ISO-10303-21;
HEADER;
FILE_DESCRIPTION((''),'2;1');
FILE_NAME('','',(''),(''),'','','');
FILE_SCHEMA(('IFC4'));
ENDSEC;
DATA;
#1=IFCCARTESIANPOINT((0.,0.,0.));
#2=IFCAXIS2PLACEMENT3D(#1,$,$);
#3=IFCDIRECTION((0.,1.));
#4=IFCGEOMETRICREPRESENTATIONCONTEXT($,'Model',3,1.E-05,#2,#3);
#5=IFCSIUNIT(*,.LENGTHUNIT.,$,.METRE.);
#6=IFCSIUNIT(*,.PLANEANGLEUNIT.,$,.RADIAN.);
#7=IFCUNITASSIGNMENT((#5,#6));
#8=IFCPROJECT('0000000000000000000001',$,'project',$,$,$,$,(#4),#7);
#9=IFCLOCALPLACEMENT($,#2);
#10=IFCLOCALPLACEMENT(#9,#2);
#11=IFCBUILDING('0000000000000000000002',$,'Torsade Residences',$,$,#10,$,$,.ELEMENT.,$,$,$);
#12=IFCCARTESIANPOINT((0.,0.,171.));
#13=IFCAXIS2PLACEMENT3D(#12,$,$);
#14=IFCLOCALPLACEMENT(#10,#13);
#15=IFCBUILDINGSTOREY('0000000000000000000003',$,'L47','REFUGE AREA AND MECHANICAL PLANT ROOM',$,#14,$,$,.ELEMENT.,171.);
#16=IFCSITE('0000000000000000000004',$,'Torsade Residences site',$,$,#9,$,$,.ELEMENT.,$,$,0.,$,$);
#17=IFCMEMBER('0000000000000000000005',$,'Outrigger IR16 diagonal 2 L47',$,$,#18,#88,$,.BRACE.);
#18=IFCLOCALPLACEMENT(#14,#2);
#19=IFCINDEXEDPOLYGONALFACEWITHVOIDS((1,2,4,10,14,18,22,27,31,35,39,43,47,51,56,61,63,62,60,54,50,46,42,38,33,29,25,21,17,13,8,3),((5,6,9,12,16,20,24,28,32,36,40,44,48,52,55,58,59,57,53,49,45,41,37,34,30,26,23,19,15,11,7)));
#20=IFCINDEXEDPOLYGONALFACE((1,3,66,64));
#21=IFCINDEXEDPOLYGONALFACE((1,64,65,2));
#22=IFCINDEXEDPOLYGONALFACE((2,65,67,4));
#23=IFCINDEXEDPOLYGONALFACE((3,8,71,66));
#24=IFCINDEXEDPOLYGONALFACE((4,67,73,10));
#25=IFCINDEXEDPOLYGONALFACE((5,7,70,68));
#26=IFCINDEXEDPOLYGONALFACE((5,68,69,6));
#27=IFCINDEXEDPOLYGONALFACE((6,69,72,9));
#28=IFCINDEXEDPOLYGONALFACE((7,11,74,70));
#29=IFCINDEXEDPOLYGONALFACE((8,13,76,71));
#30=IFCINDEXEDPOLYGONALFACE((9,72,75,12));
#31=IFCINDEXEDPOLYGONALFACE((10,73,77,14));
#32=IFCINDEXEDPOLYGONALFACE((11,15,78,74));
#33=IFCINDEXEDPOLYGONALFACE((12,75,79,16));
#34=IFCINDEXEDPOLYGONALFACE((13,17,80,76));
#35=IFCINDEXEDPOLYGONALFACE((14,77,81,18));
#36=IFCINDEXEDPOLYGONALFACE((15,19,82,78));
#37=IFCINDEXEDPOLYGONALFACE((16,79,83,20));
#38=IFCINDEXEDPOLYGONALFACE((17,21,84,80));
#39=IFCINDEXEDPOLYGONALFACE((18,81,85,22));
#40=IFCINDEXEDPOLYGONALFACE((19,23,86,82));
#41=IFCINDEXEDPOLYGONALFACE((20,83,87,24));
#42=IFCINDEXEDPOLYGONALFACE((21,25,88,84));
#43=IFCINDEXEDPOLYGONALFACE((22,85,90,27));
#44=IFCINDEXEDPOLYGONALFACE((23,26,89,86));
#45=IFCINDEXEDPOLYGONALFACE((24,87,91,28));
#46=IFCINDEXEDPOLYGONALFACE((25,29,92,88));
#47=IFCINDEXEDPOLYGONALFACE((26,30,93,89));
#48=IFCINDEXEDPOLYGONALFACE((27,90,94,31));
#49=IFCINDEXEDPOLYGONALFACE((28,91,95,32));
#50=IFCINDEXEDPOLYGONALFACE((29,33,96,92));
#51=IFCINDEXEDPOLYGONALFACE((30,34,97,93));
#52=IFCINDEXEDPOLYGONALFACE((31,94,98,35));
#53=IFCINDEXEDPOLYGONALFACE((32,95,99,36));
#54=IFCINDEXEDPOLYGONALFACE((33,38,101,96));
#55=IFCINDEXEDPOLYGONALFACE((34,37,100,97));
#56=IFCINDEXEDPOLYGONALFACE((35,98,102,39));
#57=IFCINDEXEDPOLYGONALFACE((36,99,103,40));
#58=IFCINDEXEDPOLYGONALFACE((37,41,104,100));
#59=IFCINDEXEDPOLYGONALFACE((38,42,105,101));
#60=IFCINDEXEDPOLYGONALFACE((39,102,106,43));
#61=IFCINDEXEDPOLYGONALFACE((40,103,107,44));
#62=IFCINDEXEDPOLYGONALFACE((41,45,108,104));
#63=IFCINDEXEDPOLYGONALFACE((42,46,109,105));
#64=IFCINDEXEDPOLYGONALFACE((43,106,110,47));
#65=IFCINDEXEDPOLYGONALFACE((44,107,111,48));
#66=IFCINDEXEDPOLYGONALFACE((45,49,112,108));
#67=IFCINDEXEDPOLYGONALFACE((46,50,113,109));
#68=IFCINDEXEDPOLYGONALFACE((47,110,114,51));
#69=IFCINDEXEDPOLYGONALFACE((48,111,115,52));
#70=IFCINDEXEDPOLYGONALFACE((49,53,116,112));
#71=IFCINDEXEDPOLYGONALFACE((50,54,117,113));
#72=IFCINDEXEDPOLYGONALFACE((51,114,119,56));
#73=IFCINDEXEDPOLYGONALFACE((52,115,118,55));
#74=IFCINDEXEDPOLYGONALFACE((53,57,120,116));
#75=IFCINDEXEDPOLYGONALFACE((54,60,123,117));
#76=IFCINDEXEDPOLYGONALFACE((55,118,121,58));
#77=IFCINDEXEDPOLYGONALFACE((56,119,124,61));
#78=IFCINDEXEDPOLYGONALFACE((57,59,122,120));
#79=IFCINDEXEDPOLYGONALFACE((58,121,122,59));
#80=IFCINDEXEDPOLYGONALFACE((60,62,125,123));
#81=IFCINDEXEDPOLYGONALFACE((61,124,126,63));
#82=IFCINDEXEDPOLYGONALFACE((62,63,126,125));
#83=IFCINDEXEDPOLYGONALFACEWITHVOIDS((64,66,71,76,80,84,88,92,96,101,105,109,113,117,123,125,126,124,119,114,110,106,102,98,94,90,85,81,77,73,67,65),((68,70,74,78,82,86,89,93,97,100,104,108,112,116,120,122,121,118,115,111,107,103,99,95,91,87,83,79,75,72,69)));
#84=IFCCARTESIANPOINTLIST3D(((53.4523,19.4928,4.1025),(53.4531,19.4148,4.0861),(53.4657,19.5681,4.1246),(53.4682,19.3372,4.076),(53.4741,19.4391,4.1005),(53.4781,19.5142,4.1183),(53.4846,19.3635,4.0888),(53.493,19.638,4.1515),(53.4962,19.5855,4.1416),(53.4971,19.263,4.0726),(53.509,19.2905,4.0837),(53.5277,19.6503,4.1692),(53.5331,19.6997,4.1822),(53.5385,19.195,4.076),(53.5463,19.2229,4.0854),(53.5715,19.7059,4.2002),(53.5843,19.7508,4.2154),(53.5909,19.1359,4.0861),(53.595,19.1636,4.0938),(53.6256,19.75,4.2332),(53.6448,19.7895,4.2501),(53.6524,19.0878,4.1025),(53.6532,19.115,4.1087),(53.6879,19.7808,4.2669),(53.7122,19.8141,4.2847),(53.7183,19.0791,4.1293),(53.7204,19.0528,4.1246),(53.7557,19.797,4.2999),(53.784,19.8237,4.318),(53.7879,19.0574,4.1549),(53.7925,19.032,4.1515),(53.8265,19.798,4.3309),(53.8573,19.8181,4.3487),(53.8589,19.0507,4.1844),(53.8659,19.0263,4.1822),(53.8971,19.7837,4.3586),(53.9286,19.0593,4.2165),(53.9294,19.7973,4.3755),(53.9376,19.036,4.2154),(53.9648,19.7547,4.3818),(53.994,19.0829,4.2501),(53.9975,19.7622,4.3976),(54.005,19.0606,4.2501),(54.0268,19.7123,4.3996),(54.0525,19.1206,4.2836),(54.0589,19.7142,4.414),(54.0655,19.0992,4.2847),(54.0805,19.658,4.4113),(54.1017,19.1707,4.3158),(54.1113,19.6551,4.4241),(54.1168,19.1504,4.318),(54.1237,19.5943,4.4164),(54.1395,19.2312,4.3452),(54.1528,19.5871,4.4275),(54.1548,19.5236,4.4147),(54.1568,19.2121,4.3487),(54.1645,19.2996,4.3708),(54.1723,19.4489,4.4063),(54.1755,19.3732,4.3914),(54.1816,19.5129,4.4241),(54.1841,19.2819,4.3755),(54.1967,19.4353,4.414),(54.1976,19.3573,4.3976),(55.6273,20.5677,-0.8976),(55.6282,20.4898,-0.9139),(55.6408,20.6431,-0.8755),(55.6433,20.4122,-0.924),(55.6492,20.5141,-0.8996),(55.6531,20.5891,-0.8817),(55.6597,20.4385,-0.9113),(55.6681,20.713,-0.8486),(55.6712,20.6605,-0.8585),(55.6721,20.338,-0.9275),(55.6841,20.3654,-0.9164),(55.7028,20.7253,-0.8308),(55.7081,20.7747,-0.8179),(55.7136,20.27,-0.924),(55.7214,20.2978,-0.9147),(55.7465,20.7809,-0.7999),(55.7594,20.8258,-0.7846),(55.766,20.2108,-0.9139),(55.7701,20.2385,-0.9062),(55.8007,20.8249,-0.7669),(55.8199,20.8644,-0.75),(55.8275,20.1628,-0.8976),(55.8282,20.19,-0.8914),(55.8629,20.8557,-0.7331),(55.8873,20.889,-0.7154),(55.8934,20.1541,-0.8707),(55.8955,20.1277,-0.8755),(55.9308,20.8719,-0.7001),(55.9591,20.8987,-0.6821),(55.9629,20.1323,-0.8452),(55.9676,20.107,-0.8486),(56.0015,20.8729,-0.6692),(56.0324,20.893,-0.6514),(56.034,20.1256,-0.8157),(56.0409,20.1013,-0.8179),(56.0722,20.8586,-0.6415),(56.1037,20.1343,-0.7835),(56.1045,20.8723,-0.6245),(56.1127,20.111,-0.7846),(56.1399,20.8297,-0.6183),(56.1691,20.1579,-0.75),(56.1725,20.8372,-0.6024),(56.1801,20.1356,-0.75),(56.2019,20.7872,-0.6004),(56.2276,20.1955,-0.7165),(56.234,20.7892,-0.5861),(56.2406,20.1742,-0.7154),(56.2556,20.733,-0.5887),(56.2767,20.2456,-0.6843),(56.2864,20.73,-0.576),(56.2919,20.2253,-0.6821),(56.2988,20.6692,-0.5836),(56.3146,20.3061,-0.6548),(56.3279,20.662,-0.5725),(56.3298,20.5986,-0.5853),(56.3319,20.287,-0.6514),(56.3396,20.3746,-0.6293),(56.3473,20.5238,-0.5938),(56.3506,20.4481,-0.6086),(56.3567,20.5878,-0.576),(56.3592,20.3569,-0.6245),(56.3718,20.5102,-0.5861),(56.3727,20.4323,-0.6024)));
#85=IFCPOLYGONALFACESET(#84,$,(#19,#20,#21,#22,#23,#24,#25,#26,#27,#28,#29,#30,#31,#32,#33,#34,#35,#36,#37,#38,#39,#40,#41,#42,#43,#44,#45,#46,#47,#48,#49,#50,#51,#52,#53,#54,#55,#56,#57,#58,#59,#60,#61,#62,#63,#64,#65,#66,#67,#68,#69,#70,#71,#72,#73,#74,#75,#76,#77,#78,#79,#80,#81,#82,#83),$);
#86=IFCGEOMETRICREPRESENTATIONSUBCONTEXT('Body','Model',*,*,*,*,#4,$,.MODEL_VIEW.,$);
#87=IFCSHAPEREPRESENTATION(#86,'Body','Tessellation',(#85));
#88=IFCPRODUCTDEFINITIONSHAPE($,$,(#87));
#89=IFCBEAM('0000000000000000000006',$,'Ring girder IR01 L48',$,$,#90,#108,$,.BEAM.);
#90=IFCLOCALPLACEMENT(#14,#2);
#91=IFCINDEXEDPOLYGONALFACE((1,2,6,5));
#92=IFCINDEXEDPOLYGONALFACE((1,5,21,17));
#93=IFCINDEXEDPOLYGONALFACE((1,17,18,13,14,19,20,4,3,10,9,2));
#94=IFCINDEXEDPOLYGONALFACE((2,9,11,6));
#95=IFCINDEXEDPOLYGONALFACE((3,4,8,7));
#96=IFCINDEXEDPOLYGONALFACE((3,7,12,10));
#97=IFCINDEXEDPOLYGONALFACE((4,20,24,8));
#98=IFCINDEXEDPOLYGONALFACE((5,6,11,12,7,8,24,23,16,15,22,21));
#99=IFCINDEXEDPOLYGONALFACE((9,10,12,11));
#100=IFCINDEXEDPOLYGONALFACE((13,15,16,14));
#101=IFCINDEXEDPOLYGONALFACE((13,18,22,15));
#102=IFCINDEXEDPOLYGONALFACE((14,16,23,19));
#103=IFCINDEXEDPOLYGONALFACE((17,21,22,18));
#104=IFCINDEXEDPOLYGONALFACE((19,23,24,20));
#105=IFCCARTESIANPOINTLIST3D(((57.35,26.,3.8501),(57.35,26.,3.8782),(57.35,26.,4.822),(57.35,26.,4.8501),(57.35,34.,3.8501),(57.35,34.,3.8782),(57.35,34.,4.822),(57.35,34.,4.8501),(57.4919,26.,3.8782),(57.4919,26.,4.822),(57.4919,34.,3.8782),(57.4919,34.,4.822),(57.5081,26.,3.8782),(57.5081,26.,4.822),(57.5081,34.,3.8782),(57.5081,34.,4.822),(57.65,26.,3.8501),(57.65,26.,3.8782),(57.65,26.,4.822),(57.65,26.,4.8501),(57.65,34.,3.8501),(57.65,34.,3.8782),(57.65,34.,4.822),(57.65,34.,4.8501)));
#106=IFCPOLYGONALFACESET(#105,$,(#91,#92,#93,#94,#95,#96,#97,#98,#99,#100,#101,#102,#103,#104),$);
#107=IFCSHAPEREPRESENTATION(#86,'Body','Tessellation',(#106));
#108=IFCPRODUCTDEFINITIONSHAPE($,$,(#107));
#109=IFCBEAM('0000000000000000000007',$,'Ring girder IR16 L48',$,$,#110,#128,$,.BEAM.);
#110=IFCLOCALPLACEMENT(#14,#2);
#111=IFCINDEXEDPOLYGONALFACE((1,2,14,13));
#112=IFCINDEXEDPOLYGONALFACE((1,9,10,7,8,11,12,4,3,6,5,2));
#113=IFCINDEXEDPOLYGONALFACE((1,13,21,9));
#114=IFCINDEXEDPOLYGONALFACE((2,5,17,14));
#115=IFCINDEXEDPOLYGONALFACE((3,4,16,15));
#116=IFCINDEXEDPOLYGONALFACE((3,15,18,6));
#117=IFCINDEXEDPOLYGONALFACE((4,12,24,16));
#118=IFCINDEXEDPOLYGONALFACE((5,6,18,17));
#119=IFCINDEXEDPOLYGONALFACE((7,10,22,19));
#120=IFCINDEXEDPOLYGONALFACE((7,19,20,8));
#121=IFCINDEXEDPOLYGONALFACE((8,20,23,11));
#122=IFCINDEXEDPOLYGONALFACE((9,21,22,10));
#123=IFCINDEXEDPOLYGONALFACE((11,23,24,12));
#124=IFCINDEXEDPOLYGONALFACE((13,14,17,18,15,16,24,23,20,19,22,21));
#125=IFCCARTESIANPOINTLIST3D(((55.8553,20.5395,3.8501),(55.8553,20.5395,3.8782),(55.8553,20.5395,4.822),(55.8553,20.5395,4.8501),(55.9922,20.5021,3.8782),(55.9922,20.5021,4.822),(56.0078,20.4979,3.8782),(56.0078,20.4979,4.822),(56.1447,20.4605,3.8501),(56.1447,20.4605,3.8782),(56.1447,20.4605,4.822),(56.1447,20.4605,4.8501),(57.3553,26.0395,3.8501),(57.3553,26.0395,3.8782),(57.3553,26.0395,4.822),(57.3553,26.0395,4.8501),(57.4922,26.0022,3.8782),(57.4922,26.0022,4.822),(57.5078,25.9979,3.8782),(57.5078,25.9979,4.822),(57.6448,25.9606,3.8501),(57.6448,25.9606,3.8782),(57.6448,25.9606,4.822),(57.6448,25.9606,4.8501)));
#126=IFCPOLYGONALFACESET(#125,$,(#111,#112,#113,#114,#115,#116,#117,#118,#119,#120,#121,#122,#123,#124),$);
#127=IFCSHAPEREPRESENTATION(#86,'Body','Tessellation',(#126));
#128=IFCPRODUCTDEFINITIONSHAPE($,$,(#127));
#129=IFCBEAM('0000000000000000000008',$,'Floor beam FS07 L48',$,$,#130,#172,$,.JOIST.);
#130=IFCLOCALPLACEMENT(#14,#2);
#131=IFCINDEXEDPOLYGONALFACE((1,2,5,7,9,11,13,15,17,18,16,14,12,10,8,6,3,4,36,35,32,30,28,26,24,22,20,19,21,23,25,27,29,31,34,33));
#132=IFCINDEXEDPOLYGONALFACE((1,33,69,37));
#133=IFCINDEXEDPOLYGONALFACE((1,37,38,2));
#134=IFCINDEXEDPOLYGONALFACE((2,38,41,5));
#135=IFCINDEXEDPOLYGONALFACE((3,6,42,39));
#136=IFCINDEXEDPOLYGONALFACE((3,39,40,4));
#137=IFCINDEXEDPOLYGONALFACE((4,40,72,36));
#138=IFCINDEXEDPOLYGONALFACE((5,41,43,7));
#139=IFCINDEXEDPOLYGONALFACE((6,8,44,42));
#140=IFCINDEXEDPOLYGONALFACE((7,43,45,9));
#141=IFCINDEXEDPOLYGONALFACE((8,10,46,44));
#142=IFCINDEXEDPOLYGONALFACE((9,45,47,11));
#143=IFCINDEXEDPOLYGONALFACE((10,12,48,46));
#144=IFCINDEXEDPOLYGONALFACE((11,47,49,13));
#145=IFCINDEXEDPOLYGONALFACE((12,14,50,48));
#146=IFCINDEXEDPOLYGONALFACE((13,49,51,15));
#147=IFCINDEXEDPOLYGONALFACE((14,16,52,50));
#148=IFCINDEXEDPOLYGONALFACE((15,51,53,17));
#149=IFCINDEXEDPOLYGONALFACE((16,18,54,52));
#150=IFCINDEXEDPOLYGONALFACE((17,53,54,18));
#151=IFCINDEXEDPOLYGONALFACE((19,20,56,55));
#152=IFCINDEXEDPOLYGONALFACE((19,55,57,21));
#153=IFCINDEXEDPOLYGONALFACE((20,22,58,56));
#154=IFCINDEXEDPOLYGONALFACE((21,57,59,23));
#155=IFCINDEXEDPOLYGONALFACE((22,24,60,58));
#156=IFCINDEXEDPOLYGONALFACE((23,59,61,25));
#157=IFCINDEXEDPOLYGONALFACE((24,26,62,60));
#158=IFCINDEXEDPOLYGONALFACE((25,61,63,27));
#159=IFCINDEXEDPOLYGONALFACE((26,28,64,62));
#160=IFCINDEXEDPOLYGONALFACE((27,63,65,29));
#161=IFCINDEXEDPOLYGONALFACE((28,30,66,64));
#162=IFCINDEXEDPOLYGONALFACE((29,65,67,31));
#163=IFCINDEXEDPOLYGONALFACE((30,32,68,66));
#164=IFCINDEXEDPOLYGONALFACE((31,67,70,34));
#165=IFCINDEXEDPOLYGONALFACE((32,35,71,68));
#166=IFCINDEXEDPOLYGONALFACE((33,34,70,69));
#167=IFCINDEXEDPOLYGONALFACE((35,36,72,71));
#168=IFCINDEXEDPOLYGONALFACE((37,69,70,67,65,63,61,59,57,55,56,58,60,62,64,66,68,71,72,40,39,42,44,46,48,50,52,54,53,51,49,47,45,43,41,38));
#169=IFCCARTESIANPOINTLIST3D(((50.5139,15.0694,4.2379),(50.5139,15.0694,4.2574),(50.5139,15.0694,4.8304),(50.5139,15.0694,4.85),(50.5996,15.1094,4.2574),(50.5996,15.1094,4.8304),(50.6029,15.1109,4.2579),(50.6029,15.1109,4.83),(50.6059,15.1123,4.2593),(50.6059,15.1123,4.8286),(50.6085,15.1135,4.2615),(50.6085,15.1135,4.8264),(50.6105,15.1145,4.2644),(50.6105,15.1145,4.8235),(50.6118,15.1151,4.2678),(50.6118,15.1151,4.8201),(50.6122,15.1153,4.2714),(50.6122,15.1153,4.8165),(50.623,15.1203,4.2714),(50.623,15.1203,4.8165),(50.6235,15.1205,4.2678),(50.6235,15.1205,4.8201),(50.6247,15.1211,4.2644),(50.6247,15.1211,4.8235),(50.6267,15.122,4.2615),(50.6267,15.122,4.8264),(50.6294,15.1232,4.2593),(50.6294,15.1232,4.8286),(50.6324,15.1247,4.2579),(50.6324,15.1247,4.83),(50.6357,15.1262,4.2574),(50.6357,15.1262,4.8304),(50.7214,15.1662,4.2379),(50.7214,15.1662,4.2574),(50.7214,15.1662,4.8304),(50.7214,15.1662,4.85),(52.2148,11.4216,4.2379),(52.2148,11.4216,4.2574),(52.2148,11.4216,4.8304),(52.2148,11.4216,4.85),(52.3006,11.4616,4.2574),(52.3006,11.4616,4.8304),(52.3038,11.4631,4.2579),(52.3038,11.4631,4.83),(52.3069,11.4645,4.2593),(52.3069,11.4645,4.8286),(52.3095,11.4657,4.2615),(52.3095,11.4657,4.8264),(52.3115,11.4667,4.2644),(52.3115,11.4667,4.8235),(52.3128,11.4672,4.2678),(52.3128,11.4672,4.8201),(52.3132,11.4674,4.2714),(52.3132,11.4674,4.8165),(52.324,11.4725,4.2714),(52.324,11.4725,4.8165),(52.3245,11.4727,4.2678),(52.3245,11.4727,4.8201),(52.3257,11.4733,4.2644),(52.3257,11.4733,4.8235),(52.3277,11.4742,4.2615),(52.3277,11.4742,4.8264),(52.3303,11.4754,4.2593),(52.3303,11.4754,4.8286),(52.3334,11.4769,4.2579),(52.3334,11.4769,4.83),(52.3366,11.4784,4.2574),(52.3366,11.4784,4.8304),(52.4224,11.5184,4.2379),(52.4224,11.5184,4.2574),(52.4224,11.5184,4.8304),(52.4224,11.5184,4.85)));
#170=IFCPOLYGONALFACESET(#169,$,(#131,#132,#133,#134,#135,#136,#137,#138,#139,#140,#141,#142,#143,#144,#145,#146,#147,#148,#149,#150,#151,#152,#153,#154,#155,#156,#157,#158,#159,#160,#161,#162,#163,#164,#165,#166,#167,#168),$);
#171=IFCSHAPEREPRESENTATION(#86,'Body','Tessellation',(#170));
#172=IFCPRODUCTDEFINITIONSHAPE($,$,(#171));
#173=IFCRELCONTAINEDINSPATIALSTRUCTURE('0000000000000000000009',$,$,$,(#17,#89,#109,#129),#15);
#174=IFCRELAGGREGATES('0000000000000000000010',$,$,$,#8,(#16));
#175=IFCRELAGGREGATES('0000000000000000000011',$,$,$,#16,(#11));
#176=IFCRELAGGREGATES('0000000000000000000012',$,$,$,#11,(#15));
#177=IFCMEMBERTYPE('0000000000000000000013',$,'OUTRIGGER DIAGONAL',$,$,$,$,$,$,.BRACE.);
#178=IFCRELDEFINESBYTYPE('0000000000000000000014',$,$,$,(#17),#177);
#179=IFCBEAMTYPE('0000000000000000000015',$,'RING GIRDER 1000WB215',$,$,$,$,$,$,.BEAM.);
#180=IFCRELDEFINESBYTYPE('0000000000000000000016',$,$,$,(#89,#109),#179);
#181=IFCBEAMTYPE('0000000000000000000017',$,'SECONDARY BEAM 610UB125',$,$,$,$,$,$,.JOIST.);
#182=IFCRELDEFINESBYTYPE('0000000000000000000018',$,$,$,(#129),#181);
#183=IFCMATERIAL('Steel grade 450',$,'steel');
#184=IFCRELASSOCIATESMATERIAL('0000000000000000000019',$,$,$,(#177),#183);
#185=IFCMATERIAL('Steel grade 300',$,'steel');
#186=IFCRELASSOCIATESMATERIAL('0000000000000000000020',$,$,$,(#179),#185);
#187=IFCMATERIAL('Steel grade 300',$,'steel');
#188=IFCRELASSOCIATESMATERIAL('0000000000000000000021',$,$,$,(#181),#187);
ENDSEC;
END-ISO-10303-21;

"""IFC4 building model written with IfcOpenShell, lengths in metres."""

from ifc_helpers import new_model, si_unit, direction, frame, origin, origin_2d, place, context, subcontext, project, spatial, hollow_circle, i_section, extrude, material, material_profile, profile_set, type_object, element, save


model = new_model("IFC4")

# Units and contexts
model_context = context("Model", 3, precision=1e-05, world=origin(), true_north=direction((0.0, 1.0)))
body_context = subcontext(model_context, "Body", "Model", "MODEL_VIEW")
ifc_project = project(units=[si_unit("LENGTHUNIT", "METRE"), si_unit("PLANEANGLEUNIT", "RADIAN")], contexts=[model_context])

# Site, building, storey
site_placement = place(None, origin())
site = spatial("IfcSite", under=ifc_project, at=site_placement, Name="Torsade Residences site", CompositionType="ELEMENT", RefElevation=0.0)
building_placement = place(site_placement, origin())
building = spatial("IfcBuilding", under=site, at=building_placement, Name="Torsade Residences", CompositionType="ELEMENT")
storey_placement = place(building_placement, frame((0.0, 0.0, 171.0)))
storey = spatial("IfcBuildingStorey", under=building, at=storey_placement, Name="L47", Description="REFUGE AREA AND MECHANICAL PLANT ROOM", CompositionType="ELEMENT", Elevation=171.0)

# Member
ifc_material_1 = material(Name="Steel grade 450", Category="steel")
ifc_material_profile_1 = material_profile(ifc_material_1, hollow_circle(Radius=0.4065, WallThickness=0.0249, at=origin_2d()), Name="813.0x25.0CHS")
ifc_profile_set_1 = profile_set([ifc_material_profile_1], Name="Steel grade 450")
member_type_1 = type_object("IfcMemberType", Name="OUTRIGGER DIAGONAL", PredefinedType="BRACE", material=ifc_profile_set_1)
member_1_placement = place(storey_placement, frame((56.0, 20.5, -0.75), z_axis=(-0.391368, -0.193422, 0.899677), x_axis=(0.443063, -0.896491, 0.0)))
element("IfcMember", 1, at=member_1_placement, inside=storey, type_object=member_type_1, Name="Outrigger IR16 diagonal 2 L47", PredefinedType="BRACE", context=body_context, shape_type="SweptSolid", body=[
    extrude(hollow_circle(Radius=0.4065, WallThickness=0.0249, at=origin_2d()), origin(), (0.0, 0.0, 1.0), 5.5576),
])

# Beams
ifc_material_2 = material(Name="Steel grade 300", Category="steel")
ifc_material_profile_2 = material_profile(ifc_material_2, i_section(OverallWidth=0.3, OverallDepth=1.0, WebThickness=0.0161, FlangeThickness=0.0281, at=origin_2d()), Name="1000WB215")
ifc_profile_set_2 = profile_set([ifc_material_profile_2], Name="Steel grade 300")
beam_type_1 = type_object("IfcBeamType", Name="RING GIRDER 1000WB215", PredefinedType="BEAM", material=ifc_profile_set_2)
beam_1_placement = place(storey_placement, frame((57.5, 26.0, 4.3501), z_axis=(0.0, 1.0, 0.0), x_axis=(-1.0, 0.0, 0.0)))
element("IfcBeam", 2, at=beam_1_placement, inside=storey, type_object=beam_type_1, Name="Ring girder IR01 L48", PredefinedType="BEAM", context=body_context, shape_type="SweptSolid", body=[
    extrude(i_section(OverallWidth=0.3, OverallDepth=1.0, WebThickness=0.0161, FlangeThickness=0.0281, at=origin_2d()), origin(), (0.0, 0.0, 1.0), 8.0),
])
beam_2_placement = place(storey_placement, frame((56.0, 20.5, 4.3501), z_axis=(0.263117, 0.964764, 0.0), x_axis=(-0.964764, 0.263117, 0.0)))
element("IfcBeam", 3, at=beam_2_placement, inside=storey, type_object=beam_type_1, Name="Ring girder IR16 L48", PredefinedType="BEAM", context=body_context, shape_type="SweptSolid", body=[
    extrude(i_section(OverallWidth=0.3, OverallDepth=1.0, WebThickness=0.0161, FlangeThickness=0.0281, at=origin_2d()), origin(), (0.0, 0.0, 1.0), 5.7009),
])
ifc_material_3 = material(Name="Steel grade 300", Category="steel")
ifc_material_profile_3 = material_profile(ifc_material_3, i_section(OverallWidth=0.229, OverallDepth=0.6121, WebThickness=0.012, FlangeThickness=0.0195, FilletRadius=0.0139, at=origin_2d()), Name="610UB125")
ifc_profile_set_3 = profile_set([ifc_material_profile_3], Name="Steel grade 300")
beam_type_2 = type_object("IfcBeamType", Name="SECONDARY BEAM 610UB125", PredefinedType="JOIST", material=ifc_profile_set_3)
beam_3_placement = place(storey_placement, frame((52.3186, 11.47, 4.5439), z_axis=(-0.422613, 0.90631, 0.0), x_axis=(-0.90631, -0.422613, 0.0)))
element("IfcBeam", 4, at=beam_3_placement, inside=storey, type_object=beam_type_2, Name="Floor beam FS07 L48", PredefinedType="JOIST", context=body_context, shape_type="SweptSolid", body=[
    extrude(i_section(OverallWidth=0.229, OverallDepth=0.6121, WebThickness=0.012, FlangeThickness=0.0195, FilletRadius=0.0139, at=origin_2d()), origin(), (0.0, 0.0, 1.0), 4.0249),
])

save(model, "model.ifc")
